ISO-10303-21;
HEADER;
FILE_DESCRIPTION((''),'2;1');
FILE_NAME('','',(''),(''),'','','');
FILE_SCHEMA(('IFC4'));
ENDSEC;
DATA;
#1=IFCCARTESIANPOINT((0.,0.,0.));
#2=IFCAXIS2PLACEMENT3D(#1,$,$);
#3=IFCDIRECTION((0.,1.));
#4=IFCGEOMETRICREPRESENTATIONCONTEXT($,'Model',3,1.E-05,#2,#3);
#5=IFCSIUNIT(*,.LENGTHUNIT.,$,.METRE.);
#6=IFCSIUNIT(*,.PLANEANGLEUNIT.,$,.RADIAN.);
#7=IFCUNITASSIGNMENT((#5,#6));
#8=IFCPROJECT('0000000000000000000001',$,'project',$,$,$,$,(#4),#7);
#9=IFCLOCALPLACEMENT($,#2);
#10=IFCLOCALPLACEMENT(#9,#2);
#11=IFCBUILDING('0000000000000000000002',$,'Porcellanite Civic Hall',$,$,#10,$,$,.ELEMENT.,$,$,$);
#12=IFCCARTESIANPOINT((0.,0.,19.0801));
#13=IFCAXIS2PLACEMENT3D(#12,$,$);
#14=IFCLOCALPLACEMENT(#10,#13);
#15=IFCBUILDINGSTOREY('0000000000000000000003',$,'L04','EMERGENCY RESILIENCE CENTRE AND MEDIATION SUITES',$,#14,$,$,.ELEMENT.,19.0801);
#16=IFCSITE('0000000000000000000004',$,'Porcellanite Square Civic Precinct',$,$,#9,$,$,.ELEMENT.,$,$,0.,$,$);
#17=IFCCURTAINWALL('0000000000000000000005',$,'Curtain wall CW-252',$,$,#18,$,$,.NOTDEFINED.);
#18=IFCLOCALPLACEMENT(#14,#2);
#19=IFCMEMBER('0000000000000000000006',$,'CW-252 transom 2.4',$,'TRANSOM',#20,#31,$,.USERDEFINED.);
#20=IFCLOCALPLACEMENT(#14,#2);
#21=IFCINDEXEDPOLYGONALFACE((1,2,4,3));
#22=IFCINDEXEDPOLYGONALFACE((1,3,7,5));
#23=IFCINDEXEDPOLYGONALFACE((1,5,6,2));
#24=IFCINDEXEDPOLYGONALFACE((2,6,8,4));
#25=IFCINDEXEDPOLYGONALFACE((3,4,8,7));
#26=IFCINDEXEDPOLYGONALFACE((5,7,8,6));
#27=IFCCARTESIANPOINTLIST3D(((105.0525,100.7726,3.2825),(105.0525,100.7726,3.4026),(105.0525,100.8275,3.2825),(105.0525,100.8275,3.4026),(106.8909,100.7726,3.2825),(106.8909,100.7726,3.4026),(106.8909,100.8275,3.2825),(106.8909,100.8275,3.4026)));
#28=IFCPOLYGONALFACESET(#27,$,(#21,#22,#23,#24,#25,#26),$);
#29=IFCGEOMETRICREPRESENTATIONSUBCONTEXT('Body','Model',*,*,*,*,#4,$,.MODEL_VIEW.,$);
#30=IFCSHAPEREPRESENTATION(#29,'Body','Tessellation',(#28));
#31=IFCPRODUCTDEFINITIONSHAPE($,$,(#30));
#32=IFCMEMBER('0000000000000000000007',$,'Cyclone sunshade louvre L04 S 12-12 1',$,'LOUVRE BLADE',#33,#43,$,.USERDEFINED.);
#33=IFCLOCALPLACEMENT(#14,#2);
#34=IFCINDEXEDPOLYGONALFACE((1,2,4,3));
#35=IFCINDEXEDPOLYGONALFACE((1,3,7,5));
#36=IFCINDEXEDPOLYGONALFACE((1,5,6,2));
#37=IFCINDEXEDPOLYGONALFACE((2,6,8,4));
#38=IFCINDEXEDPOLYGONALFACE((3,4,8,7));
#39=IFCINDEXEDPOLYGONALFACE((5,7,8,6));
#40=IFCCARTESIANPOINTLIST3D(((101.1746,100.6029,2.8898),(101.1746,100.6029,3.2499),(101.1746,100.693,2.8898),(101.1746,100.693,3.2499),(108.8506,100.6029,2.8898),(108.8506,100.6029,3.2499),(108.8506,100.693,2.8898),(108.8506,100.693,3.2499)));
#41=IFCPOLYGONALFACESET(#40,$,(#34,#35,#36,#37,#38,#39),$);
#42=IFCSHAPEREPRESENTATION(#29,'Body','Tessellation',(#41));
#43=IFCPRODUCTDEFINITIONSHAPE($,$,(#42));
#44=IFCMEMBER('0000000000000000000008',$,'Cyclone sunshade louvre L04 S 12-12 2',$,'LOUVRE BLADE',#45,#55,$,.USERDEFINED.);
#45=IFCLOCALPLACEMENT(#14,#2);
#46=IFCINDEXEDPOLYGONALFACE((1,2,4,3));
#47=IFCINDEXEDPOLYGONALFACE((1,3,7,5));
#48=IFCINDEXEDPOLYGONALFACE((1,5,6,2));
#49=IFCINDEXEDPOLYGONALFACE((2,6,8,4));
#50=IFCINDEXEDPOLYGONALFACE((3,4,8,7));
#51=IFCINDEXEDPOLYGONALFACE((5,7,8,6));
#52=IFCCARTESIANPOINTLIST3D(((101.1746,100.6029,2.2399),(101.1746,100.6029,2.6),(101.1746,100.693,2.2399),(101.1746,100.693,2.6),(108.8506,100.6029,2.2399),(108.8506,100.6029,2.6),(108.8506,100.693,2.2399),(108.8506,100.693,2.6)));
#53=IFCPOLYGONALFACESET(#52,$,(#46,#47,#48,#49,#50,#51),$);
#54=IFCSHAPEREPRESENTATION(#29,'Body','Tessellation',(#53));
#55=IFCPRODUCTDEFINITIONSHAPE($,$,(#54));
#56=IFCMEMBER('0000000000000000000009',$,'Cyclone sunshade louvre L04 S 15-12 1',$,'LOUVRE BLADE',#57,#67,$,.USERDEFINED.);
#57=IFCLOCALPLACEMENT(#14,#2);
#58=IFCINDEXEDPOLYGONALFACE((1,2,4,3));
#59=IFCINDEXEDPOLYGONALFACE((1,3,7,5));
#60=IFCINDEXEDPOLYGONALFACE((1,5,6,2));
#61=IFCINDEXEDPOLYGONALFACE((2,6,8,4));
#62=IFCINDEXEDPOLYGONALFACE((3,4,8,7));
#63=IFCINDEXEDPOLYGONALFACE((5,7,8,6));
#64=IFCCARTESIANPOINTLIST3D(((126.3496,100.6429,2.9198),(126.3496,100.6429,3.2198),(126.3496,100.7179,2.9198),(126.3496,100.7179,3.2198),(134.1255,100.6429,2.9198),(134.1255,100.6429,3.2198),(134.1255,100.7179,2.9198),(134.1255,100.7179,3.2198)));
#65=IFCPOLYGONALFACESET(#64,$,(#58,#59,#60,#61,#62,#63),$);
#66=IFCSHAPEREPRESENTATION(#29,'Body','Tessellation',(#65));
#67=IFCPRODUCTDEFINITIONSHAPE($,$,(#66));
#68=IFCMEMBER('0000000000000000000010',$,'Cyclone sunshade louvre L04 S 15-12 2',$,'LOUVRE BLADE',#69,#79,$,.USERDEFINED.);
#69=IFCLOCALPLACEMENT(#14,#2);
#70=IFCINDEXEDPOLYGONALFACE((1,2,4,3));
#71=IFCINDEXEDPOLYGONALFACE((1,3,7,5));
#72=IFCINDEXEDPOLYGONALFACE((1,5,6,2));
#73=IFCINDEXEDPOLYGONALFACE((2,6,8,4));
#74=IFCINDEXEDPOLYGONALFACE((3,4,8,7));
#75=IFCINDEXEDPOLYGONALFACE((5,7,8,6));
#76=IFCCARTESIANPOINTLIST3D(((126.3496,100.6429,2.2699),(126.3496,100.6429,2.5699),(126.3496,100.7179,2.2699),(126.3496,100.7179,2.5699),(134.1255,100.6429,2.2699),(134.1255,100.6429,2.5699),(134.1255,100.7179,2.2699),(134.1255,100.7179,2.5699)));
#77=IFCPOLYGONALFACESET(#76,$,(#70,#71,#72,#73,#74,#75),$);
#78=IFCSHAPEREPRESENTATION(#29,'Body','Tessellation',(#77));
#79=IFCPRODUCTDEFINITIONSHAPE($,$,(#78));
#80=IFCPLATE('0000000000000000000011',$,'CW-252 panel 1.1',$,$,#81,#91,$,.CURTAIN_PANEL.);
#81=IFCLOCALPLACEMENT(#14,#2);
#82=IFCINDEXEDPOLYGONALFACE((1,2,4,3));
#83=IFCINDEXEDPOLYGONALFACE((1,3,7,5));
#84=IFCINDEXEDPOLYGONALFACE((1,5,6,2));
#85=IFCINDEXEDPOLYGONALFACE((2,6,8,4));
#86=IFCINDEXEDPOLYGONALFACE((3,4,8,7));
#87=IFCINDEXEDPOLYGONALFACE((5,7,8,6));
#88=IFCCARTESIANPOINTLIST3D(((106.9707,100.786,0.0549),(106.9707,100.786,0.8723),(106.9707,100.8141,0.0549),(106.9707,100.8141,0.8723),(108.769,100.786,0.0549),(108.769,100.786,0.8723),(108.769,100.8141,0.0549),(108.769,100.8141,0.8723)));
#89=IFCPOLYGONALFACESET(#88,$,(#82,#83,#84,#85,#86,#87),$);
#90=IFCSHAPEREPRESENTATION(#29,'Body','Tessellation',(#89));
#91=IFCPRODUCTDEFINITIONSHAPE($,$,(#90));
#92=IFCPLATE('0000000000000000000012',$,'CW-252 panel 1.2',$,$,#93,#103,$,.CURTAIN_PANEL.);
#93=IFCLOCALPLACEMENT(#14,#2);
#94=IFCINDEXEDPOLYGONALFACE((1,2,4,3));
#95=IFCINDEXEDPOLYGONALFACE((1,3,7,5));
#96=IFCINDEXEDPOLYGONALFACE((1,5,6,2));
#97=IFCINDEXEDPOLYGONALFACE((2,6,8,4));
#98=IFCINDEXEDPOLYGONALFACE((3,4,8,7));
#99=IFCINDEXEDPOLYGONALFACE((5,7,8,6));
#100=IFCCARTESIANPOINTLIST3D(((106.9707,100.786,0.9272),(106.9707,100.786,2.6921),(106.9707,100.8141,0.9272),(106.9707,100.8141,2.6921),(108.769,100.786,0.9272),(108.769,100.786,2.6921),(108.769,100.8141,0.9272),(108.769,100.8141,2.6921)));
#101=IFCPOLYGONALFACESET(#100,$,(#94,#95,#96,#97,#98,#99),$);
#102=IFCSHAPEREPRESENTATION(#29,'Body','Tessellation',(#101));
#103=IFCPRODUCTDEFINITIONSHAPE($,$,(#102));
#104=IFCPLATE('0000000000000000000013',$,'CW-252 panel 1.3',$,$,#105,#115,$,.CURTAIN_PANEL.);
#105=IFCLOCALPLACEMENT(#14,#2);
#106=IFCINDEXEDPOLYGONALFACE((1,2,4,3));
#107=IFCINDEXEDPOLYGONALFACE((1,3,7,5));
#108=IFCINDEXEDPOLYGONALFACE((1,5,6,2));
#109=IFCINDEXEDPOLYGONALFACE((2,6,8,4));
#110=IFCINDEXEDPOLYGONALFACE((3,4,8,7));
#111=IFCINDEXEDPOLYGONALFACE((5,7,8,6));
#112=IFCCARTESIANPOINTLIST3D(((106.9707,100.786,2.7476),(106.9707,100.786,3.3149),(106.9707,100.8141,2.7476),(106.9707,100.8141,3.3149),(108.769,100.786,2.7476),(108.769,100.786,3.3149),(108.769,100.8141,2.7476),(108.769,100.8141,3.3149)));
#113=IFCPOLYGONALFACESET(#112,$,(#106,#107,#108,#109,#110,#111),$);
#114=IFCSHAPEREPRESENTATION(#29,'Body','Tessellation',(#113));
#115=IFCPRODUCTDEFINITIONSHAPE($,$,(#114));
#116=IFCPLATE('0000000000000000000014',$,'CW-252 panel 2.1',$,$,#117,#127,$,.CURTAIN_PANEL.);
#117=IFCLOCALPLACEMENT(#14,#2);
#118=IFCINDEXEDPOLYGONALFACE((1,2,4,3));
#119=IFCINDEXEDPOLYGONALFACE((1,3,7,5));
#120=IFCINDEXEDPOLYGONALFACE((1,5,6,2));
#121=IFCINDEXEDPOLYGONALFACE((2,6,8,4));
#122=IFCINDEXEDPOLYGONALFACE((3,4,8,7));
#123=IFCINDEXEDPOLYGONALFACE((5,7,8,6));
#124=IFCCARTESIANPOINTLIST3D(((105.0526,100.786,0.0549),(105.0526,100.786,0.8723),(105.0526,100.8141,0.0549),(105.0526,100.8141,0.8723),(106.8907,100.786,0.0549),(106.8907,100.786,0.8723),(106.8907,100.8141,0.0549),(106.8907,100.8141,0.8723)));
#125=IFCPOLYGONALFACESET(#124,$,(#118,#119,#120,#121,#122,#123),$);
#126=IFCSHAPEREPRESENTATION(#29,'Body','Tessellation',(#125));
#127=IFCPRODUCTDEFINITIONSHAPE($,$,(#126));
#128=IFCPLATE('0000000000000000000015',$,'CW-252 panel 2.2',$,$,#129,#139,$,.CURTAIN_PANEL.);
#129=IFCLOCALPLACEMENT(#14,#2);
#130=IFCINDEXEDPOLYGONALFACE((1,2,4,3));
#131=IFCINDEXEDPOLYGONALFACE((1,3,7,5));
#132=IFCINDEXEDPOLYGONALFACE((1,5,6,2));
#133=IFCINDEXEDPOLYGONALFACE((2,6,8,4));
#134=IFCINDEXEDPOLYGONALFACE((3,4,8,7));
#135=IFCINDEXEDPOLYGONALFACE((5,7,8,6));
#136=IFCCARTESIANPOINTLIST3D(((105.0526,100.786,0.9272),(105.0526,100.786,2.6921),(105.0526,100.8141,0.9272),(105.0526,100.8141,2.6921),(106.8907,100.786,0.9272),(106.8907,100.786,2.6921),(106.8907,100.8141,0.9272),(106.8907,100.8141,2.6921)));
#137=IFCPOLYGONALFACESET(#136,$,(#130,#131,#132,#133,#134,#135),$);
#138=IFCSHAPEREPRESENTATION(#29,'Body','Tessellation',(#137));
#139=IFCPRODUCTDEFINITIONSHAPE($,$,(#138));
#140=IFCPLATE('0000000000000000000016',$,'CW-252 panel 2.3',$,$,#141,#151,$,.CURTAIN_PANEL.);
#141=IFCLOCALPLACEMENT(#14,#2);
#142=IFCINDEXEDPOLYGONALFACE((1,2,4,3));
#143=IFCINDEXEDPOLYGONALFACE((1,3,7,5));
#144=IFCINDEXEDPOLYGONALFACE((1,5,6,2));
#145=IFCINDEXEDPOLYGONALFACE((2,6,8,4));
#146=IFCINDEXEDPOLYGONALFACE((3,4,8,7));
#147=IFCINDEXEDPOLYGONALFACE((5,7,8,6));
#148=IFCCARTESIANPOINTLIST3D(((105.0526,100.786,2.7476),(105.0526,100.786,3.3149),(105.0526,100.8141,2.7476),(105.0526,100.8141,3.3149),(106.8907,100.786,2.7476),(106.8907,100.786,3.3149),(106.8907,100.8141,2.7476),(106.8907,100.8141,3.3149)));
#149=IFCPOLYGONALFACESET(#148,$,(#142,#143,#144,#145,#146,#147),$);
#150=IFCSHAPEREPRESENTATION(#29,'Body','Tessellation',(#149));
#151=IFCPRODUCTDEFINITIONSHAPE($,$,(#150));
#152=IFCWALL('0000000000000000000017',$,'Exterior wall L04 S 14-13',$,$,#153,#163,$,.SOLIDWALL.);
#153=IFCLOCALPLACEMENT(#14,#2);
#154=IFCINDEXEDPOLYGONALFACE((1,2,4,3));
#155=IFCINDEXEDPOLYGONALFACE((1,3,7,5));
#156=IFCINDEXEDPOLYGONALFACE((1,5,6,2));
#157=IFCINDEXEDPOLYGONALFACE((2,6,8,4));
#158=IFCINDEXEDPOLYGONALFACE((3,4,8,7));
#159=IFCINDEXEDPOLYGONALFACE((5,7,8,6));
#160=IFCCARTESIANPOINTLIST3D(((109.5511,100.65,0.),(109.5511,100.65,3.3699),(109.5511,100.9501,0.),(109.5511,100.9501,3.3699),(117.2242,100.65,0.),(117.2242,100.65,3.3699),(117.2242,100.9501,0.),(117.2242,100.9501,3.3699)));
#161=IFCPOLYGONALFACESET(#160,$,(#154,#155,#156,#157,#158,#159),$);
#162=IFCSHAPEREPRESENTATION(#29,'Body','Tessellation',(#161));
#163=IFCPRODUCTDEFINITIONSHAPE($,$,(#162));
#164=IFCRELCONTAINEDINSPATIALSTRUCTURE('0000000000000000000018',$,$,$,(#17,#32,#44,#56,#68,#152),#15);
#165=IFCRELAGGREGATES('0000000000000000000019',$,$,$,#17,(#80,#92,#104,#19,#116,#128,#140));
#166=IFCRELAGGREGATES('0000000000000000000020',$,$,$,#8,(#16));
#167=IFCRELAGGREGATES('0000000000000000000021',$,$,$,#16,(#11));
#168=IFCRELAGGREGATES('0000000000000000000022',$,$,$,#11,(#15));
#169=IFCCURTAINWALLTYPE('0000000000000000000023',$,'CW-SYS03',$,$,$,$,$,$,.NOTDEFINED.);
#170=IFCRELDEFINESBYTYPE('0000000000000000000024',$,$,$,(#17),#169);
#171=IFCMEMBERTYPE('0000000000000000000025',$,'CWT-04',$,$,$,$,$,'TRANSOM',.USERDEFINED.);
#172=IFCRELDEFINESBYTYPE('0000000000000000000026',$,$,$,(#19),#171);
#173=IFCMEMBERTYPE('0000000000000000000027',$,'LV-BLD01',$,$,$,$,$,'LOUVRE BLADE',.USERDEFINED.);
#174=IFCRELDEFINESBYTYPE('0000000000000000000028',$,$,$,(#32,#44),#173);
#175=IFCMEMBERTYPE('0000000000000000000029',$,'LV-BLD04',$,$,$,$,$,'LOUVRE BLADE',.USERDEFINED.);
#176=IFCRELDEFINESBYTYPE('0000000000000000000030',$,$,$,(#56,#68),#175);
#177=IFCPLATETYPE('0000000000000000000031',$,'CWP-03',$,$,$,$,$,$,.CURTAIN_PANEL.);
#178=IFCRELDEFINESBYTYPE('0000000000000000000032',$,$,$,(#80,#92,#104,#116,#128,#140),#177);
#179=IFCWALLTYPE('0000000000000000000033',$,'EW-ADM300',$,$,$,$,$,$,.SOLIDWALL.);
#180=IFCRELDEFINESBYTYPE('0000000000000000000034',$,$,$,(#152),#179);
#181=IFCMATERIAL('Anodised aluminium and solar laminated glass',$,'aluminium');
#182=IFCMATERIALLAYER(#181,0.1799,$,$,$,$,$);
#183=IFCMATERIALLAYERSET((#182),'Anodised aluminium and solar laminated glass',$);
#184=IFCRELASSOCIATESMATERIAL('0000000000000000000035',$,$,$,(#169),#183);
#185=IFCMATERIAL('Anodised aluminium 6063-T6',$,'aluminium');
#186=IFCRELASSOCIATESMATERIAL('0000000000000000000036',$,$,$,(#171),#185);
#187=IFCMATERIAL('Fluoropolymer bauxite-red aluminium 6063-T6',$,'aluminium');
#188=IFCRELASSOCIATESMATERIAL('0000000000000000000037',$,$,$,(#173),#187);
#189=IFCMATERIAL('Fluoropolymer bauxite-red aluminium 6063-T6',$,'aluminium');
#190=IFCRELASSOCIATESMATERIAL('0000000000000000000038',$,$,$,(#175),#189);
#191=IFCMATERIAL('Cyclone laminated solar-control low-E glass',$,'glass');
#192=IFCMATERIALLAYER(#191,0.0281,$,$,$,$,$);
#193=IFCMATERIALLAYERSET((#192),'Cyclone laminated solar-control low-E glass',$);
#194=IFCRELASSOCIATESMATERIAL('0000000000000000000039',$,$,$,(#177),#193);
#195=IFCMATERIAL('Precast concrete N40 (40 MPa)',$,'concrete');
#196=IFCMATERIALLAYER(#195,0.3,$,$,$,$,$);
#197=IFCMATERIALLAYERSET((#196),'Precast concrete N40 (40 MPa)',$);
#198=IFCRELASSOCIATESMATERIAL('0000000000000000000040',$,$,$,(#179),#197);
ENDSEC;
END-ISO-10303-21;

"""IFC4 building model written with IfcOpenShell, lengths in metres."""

from ifc_helpers import new_model, si_unit, direction, frame, frame_2d, origin, origin_2d, place, context, subcontext, project, spatial, rectangle, extrude, material, layer, layer_set, material_profile, profile_set, type_object, element, aggregate, save


model = new_model("IFC4")

# Units and contexts
model_context = context("Model", 3, precision=1e-05, world=origin(), true_north=direction((0.0, 1.0)))
body_context = subcontext(model_context, "Body", "Model", "MODEL_VIEW")
ifc_project = project(units=[si_unit("LENGTHUNIT", "METRE"), si_unit("PLANEANGLEUNIT", "RADIAN")], contexts=[model_context])

# Site, building, storey
site_placement = place(None, origin())
site = spatial("IfcSite", under=ifc_project, at=site_placement, Name="Porcellanite Square Civic Precinct", CompositionType="ELEMENT", RefElevation=0.0)
building_placement = place(site_placement, origin())
building = spatial("IfcBuilding", under=site, at=building_placement, Name="Porcellanite Civic Hall", CompositionType="ELEMENT")
storey_placement = place(building_placement, frame((0.0, 0.0, 19.0801)))
storey = spatial("IfcBuildingStorey", under=building, at=storey_placement, Name="L04", Description="EMERGENCY RESILIENCE CENTRE AND MEDIATION SUITES", CompositionType="ELEMENT", Elevation=19.0801)

# Curtain wall, member
ifc_material_1 = material(Name="Anodised aluminium and solar laminated glass", Category="aluminium")
ifc_layer_1 = layer(ifc_material_1, 0.1799)
ifc_layer_set_1 = layer_set([ifc_layer_1], Name="Anodised aluminium and solar laminated glass")
curtain_wall_type = type_object("IfcCurtainWallType", Name="CW-SYS03", PredefinedType="NOTDEFINED", material=ifc_layer_set_1)
curtain_wall_placement = place(storey_placement, origin())
curtain_wall = element("IfcCurtainWall", 1, at=curtain_wall_placement, inside=storey, type_object=curtain_wall_type, Name="Curtain wall CW-252", PredefinedType="NOTDEFINED")
ifc_material_2 = material(Name="Anodised aluminium 6063-T6", Category="aluminium")
ifc_material_profile_1 = material_profile(ifc_material_2, rectangle(XDim=0.0549, YDim=0.1201, at=origin_2d()), Name="AL-55x120")
ifc_profile_set_1 = profile_set([ifc_material_profile_1], Name="Anodised aluminium 6063-T6")
member_type_1 = type_object("IfcMemberType", Name="CWT-04", ElementType="TRANSOM", PredefinedType="USERDEFINED", material=ifc_profile_set_1)
member_1_placement = place(storey_placement, frame((106.8909, 100.8, 3.3425), z_axis=(-1.0, 0.0, 0.0), x_axis=(0.0, -1.0, 0.0)))
member_1 = element("IfcMember", 2, at=member_1_placement, type_object=member_type_1, Name="CW-252 transom 2.4", ObjectType="TRANSOM", PredefinedType="USERDEFINED", context=body_context, shape_type="SweptSolid", body=[
    extrude(rectangle(XDim=0.0549, YDim=0.1201, at=origin_2d()), origin(), (0.0, 0.0, 1.0), 1.8384),
])

# Members
ifc_material_3 = material(Name="Fluoropolymer bauxite-red aluminium 6063-T6", Category="aluminium")
ifc_material_profile_2 = material_profile(ifc_material_3, rectangle(XDim=0.0901, YDim=0.3601, at=origin_2d()), Name="AL-90x360")
ifc_profile_set_2 = profile_set([ifc_material_profile_2], Name="Fluoropolymer bauxite-red aluminium 6063-T6")
member_type_2 = type_object("IfcMemberType", Name="LV-BLD01", ElementType="LOUVRE BLADE", PredefinedType="USERDEFINED", material=ifc_profile_set_2)
for number, where, z_axis, x_axis, name in (
    (3, (108.8506, 100.6479, 3.0698), (-1.0, 0.0, 0.0), (0.0, -1.0, 0.0), "Cyclone sunshade louvre L04 S 12-12 1"),
    (4, (108.8506, 100.6479, 2.4199), (-1.0, 0.0, 0.0), (0.0, -1.0, 0.0), "Cyclone sunshade louvre L04 S 12-12 2"),
):
    element("IfcMember", number, at=place(storey_placement, frame(where, z_axis=z_axis, x_axis=x_axis)), inside=storey, type_object=member_type_2, Name=name, ObjectType="LOUVRE BLADE", PredefinedType="USERDEFINED", context=body_context, shape_type="SweptSolid", body=[
        extrude(rectangle(XDim=0.0901, YDim=0.3601, at=origin_2d()), origin(), (0.0, 0.0, 1.0), 7.676),
    ])
ifc_material_4 = material(Name="Fluoropolymer bauxite-red aluminium 6063-T6", Category="aluminium")
ifc_material_profile_3 = material_profile(ifc_material_4, rectangle(XDim=0.075, YDim=0.3, at=origin_2d()), Name="AL-75x300")
ifc_profile_set_3 = profile_set([ifc_material_profile_3], Name="Fluoropolymer bauxite-red aluminium 6063-T6")
member_type_3 = type_object("IfcMemberType", Name="LV-BLD04", ElementType="LOUVRE BLADE", PredefinedType="USERDEFINED", material=ifc_profile_set_3)
for number, where, z_axis, x_axis, name in (
    (5, (134.1255, 100.6804, 3.0698), (-1.0, 0.0, 0.0), (0.0, -1.0, 0.0), "Cyclone sunshade louvre L04 S 15-12 1"),
    (6, (134.1255, 100.6804, 2.4199), (-1.0, 0.0, 0.0), (0.0, -1.0, 0.0), "Cyclone sunshade louvre L04 S 15-12 2"),
):
    element("IfcMember", number, at=place(storey_placement, frame(where, z_axis=z_axis, x_axis=x_axis)), inside=storey, type_object=member_type_3, Name=name, ObjectType="LOUVRE BLADE", PredefinedType="USERDEFINED", context=body_context, shape_type="SweptSolid", body=[
        extrude(rectangle(XDim=0.075, YDim=0.3, at=origin_2d()), origin(), (0.0, 0.0, 1.0), 7.7759),
    ])

# Plates
ifc_material_5 = material(Name="Cyclone laminated solar-control low-E glass", Category="glass")
ifc_layer_2 = layer(ifc_material_5, 0.0281)
ifc_layer_set_2 = layer_set([ifc_layer_2], Name="Cyclone laminated solar-control low-E glass")
plate_type = type_object("IfcPlateType", Name="CWP-03", PredefinedType="CURTAIN_PANEL", material=ifc_layer_set_2)
plate_1_placement = place(storey_placement, frame((107.8699, 100.8, 0.0549), z_axis=(0.0, 0.0, 1.0), x_axis=(-1.0, 0.0, 0.0)))
plate_1 = element("IfcPlate", 7, at=plate_1_placement, type_object=plate_type, Name="CW-252 panel 1.1", PredefinedType="CURTAIN_PANEL", context=body_context, shape_type="SweptSolid", body=[
    extrude(rectangle(XDim=1.7983, YDim=0.0281, at=origin_2d()), origin(), (0.0, 0.0, 1.0), 0.8174),
])
plate_2_placement = place(storey_placement, frame((107.8699, 100.8, 0.9272), z_axis=(0.0, 0.0, 1.0), x_axis=(-1.0, 0.0, 0.0)))
plate_2 = element("IfcPlate", 8, at=plate_2_placement, type_object=plate_type, Name="CW-252 panel 1.2", PredefinedType="CURTAIN_PANEL", context=body_context, shape_type="SweptSolid", body=[
    extrude(rectangle(XDim=1.7983, YDim=0.0281, at=origin_2d()), origin(), (0.0, 0.0, 1.0), 1.7649),
])
plate_3_placement = place(storey_placement, frame((107.8699, 100.8, 2.7476), z_axis=(0.0, 0.0, 1.0), x_axis=(-1.0, 0.0, 0.0)))
plate_3 = element("IfcPlate", 9, at=plate_3_placement, type_object=plate_type, Name="CW-252 panel 1.3", PredefinedType="CURTAIN_PANEL", context=body_context, shape_type="SweptSolid", body=[
    extrude(rectangle(XDim=1.7983, YDim=0.0281, at=origin_2d()), origin(), (0.0, 0.0, 1.0), 0.5674),
])
plate_4_placement = place(storey_placement, frame((105.9717, 100.8, 0.0549), z_axis=(0.0, 0.0, 1.0), x_axis=(-1.0, 0.0, 0.0)))
plate_4 = element("IfcPlate", 10, at=plate_4_placement, type_object=plate_type, Name="CW-252 panel 2.1", PredefinedType="CURTAIN_PANEL", context=body_context, shape_type="SweptSolid", body=[
    extrude(rectangle(XDim=1.8381, YDim=0.0281, at=origin_2d()), origin(), (0.0, 0.0, 1.0), 0.8174),
])
plate_5_placement = place(storey_placement, frame((105.9717, 100.8, 0.9272), z_axis=(0.0, 0.0, 1.0), x_axis=(-1.0, 0.0, 0.0)))
plate_5 = element("IfcPlate", 11, at=plate_5_placement, type_object=plate_type, Name="CW-252 panel 2.2", PredefinedType="CURTAIN_PANEL", context=body_context, shape_type="SweptSolid", body=[
    extrude(rectangle(XDim=1.8381, YDim=0.0281, at=origin_2d()), origin(), (0.0, 0.0, 1.0), 1.7649),
])
plate_6_placement = place(storey_placement, frame((105.9717, 100.8, 2.7476), z_axis=(0.0, 0.0, 1.0), x_axis=(-1.0, 0.0, 0.0)))
plate_6 = element("IfcPlate", 12, at=plate_6_placement, type_object=plate_type, Name="CW-252 panel 2.3", PredefinedType="CURTAIN_PANEL", context=body_context, shape_type="SweptSolid", body=[
    extrude(rectangle(XDim=1.8381, YDim=0.0281, at=origin_2d()), origin(), (0.0, 0.0, 1.0), 0.5674),
])
aggregate(curtain_wall, [plate_1, plate_2, plate_3, member_1, plate_4, plate_5, plate_6])

# Wall
ifc_material_6 = material(Name="Precast concrete N40 (40 MPa)", Category="concrete")
ifc_layer_3 = layer(ifc_material_6, 0.3)
ifc_layer_set_3 = layer_set([ifc_layer_3], Name="Precast concrete N40 (40 MPa)")
wall_type_1 = type_object("IfcWallType", Name="EW-ADM300", PredefinedType="SOLIDWALL", material=ifc_layer_set_3)
wall_1_placement = place(storey_placement, frame((117.2241, 100.8, 0.0), z_axis=(0.0, 0.0, 1.0), x_axis=(-1.0, 0.0, 0.0)))
element("IfcWall", 13, at=wall_1_placement, inside=storey, type_object=wall_type_1, Name="Exterior wall L04 S 14-13", PredefinedType="SOLIDWALL", context=body_context, shape_type="SweptSolid", body=[
    extrude(rectangle(XDim=7.6731, YDim=0.3, at=frame_2d((3.8364, 0.0))), origin(), (0.0, 0.0, 1.0), 3.3699),
])

save(model, "model.ifc")
